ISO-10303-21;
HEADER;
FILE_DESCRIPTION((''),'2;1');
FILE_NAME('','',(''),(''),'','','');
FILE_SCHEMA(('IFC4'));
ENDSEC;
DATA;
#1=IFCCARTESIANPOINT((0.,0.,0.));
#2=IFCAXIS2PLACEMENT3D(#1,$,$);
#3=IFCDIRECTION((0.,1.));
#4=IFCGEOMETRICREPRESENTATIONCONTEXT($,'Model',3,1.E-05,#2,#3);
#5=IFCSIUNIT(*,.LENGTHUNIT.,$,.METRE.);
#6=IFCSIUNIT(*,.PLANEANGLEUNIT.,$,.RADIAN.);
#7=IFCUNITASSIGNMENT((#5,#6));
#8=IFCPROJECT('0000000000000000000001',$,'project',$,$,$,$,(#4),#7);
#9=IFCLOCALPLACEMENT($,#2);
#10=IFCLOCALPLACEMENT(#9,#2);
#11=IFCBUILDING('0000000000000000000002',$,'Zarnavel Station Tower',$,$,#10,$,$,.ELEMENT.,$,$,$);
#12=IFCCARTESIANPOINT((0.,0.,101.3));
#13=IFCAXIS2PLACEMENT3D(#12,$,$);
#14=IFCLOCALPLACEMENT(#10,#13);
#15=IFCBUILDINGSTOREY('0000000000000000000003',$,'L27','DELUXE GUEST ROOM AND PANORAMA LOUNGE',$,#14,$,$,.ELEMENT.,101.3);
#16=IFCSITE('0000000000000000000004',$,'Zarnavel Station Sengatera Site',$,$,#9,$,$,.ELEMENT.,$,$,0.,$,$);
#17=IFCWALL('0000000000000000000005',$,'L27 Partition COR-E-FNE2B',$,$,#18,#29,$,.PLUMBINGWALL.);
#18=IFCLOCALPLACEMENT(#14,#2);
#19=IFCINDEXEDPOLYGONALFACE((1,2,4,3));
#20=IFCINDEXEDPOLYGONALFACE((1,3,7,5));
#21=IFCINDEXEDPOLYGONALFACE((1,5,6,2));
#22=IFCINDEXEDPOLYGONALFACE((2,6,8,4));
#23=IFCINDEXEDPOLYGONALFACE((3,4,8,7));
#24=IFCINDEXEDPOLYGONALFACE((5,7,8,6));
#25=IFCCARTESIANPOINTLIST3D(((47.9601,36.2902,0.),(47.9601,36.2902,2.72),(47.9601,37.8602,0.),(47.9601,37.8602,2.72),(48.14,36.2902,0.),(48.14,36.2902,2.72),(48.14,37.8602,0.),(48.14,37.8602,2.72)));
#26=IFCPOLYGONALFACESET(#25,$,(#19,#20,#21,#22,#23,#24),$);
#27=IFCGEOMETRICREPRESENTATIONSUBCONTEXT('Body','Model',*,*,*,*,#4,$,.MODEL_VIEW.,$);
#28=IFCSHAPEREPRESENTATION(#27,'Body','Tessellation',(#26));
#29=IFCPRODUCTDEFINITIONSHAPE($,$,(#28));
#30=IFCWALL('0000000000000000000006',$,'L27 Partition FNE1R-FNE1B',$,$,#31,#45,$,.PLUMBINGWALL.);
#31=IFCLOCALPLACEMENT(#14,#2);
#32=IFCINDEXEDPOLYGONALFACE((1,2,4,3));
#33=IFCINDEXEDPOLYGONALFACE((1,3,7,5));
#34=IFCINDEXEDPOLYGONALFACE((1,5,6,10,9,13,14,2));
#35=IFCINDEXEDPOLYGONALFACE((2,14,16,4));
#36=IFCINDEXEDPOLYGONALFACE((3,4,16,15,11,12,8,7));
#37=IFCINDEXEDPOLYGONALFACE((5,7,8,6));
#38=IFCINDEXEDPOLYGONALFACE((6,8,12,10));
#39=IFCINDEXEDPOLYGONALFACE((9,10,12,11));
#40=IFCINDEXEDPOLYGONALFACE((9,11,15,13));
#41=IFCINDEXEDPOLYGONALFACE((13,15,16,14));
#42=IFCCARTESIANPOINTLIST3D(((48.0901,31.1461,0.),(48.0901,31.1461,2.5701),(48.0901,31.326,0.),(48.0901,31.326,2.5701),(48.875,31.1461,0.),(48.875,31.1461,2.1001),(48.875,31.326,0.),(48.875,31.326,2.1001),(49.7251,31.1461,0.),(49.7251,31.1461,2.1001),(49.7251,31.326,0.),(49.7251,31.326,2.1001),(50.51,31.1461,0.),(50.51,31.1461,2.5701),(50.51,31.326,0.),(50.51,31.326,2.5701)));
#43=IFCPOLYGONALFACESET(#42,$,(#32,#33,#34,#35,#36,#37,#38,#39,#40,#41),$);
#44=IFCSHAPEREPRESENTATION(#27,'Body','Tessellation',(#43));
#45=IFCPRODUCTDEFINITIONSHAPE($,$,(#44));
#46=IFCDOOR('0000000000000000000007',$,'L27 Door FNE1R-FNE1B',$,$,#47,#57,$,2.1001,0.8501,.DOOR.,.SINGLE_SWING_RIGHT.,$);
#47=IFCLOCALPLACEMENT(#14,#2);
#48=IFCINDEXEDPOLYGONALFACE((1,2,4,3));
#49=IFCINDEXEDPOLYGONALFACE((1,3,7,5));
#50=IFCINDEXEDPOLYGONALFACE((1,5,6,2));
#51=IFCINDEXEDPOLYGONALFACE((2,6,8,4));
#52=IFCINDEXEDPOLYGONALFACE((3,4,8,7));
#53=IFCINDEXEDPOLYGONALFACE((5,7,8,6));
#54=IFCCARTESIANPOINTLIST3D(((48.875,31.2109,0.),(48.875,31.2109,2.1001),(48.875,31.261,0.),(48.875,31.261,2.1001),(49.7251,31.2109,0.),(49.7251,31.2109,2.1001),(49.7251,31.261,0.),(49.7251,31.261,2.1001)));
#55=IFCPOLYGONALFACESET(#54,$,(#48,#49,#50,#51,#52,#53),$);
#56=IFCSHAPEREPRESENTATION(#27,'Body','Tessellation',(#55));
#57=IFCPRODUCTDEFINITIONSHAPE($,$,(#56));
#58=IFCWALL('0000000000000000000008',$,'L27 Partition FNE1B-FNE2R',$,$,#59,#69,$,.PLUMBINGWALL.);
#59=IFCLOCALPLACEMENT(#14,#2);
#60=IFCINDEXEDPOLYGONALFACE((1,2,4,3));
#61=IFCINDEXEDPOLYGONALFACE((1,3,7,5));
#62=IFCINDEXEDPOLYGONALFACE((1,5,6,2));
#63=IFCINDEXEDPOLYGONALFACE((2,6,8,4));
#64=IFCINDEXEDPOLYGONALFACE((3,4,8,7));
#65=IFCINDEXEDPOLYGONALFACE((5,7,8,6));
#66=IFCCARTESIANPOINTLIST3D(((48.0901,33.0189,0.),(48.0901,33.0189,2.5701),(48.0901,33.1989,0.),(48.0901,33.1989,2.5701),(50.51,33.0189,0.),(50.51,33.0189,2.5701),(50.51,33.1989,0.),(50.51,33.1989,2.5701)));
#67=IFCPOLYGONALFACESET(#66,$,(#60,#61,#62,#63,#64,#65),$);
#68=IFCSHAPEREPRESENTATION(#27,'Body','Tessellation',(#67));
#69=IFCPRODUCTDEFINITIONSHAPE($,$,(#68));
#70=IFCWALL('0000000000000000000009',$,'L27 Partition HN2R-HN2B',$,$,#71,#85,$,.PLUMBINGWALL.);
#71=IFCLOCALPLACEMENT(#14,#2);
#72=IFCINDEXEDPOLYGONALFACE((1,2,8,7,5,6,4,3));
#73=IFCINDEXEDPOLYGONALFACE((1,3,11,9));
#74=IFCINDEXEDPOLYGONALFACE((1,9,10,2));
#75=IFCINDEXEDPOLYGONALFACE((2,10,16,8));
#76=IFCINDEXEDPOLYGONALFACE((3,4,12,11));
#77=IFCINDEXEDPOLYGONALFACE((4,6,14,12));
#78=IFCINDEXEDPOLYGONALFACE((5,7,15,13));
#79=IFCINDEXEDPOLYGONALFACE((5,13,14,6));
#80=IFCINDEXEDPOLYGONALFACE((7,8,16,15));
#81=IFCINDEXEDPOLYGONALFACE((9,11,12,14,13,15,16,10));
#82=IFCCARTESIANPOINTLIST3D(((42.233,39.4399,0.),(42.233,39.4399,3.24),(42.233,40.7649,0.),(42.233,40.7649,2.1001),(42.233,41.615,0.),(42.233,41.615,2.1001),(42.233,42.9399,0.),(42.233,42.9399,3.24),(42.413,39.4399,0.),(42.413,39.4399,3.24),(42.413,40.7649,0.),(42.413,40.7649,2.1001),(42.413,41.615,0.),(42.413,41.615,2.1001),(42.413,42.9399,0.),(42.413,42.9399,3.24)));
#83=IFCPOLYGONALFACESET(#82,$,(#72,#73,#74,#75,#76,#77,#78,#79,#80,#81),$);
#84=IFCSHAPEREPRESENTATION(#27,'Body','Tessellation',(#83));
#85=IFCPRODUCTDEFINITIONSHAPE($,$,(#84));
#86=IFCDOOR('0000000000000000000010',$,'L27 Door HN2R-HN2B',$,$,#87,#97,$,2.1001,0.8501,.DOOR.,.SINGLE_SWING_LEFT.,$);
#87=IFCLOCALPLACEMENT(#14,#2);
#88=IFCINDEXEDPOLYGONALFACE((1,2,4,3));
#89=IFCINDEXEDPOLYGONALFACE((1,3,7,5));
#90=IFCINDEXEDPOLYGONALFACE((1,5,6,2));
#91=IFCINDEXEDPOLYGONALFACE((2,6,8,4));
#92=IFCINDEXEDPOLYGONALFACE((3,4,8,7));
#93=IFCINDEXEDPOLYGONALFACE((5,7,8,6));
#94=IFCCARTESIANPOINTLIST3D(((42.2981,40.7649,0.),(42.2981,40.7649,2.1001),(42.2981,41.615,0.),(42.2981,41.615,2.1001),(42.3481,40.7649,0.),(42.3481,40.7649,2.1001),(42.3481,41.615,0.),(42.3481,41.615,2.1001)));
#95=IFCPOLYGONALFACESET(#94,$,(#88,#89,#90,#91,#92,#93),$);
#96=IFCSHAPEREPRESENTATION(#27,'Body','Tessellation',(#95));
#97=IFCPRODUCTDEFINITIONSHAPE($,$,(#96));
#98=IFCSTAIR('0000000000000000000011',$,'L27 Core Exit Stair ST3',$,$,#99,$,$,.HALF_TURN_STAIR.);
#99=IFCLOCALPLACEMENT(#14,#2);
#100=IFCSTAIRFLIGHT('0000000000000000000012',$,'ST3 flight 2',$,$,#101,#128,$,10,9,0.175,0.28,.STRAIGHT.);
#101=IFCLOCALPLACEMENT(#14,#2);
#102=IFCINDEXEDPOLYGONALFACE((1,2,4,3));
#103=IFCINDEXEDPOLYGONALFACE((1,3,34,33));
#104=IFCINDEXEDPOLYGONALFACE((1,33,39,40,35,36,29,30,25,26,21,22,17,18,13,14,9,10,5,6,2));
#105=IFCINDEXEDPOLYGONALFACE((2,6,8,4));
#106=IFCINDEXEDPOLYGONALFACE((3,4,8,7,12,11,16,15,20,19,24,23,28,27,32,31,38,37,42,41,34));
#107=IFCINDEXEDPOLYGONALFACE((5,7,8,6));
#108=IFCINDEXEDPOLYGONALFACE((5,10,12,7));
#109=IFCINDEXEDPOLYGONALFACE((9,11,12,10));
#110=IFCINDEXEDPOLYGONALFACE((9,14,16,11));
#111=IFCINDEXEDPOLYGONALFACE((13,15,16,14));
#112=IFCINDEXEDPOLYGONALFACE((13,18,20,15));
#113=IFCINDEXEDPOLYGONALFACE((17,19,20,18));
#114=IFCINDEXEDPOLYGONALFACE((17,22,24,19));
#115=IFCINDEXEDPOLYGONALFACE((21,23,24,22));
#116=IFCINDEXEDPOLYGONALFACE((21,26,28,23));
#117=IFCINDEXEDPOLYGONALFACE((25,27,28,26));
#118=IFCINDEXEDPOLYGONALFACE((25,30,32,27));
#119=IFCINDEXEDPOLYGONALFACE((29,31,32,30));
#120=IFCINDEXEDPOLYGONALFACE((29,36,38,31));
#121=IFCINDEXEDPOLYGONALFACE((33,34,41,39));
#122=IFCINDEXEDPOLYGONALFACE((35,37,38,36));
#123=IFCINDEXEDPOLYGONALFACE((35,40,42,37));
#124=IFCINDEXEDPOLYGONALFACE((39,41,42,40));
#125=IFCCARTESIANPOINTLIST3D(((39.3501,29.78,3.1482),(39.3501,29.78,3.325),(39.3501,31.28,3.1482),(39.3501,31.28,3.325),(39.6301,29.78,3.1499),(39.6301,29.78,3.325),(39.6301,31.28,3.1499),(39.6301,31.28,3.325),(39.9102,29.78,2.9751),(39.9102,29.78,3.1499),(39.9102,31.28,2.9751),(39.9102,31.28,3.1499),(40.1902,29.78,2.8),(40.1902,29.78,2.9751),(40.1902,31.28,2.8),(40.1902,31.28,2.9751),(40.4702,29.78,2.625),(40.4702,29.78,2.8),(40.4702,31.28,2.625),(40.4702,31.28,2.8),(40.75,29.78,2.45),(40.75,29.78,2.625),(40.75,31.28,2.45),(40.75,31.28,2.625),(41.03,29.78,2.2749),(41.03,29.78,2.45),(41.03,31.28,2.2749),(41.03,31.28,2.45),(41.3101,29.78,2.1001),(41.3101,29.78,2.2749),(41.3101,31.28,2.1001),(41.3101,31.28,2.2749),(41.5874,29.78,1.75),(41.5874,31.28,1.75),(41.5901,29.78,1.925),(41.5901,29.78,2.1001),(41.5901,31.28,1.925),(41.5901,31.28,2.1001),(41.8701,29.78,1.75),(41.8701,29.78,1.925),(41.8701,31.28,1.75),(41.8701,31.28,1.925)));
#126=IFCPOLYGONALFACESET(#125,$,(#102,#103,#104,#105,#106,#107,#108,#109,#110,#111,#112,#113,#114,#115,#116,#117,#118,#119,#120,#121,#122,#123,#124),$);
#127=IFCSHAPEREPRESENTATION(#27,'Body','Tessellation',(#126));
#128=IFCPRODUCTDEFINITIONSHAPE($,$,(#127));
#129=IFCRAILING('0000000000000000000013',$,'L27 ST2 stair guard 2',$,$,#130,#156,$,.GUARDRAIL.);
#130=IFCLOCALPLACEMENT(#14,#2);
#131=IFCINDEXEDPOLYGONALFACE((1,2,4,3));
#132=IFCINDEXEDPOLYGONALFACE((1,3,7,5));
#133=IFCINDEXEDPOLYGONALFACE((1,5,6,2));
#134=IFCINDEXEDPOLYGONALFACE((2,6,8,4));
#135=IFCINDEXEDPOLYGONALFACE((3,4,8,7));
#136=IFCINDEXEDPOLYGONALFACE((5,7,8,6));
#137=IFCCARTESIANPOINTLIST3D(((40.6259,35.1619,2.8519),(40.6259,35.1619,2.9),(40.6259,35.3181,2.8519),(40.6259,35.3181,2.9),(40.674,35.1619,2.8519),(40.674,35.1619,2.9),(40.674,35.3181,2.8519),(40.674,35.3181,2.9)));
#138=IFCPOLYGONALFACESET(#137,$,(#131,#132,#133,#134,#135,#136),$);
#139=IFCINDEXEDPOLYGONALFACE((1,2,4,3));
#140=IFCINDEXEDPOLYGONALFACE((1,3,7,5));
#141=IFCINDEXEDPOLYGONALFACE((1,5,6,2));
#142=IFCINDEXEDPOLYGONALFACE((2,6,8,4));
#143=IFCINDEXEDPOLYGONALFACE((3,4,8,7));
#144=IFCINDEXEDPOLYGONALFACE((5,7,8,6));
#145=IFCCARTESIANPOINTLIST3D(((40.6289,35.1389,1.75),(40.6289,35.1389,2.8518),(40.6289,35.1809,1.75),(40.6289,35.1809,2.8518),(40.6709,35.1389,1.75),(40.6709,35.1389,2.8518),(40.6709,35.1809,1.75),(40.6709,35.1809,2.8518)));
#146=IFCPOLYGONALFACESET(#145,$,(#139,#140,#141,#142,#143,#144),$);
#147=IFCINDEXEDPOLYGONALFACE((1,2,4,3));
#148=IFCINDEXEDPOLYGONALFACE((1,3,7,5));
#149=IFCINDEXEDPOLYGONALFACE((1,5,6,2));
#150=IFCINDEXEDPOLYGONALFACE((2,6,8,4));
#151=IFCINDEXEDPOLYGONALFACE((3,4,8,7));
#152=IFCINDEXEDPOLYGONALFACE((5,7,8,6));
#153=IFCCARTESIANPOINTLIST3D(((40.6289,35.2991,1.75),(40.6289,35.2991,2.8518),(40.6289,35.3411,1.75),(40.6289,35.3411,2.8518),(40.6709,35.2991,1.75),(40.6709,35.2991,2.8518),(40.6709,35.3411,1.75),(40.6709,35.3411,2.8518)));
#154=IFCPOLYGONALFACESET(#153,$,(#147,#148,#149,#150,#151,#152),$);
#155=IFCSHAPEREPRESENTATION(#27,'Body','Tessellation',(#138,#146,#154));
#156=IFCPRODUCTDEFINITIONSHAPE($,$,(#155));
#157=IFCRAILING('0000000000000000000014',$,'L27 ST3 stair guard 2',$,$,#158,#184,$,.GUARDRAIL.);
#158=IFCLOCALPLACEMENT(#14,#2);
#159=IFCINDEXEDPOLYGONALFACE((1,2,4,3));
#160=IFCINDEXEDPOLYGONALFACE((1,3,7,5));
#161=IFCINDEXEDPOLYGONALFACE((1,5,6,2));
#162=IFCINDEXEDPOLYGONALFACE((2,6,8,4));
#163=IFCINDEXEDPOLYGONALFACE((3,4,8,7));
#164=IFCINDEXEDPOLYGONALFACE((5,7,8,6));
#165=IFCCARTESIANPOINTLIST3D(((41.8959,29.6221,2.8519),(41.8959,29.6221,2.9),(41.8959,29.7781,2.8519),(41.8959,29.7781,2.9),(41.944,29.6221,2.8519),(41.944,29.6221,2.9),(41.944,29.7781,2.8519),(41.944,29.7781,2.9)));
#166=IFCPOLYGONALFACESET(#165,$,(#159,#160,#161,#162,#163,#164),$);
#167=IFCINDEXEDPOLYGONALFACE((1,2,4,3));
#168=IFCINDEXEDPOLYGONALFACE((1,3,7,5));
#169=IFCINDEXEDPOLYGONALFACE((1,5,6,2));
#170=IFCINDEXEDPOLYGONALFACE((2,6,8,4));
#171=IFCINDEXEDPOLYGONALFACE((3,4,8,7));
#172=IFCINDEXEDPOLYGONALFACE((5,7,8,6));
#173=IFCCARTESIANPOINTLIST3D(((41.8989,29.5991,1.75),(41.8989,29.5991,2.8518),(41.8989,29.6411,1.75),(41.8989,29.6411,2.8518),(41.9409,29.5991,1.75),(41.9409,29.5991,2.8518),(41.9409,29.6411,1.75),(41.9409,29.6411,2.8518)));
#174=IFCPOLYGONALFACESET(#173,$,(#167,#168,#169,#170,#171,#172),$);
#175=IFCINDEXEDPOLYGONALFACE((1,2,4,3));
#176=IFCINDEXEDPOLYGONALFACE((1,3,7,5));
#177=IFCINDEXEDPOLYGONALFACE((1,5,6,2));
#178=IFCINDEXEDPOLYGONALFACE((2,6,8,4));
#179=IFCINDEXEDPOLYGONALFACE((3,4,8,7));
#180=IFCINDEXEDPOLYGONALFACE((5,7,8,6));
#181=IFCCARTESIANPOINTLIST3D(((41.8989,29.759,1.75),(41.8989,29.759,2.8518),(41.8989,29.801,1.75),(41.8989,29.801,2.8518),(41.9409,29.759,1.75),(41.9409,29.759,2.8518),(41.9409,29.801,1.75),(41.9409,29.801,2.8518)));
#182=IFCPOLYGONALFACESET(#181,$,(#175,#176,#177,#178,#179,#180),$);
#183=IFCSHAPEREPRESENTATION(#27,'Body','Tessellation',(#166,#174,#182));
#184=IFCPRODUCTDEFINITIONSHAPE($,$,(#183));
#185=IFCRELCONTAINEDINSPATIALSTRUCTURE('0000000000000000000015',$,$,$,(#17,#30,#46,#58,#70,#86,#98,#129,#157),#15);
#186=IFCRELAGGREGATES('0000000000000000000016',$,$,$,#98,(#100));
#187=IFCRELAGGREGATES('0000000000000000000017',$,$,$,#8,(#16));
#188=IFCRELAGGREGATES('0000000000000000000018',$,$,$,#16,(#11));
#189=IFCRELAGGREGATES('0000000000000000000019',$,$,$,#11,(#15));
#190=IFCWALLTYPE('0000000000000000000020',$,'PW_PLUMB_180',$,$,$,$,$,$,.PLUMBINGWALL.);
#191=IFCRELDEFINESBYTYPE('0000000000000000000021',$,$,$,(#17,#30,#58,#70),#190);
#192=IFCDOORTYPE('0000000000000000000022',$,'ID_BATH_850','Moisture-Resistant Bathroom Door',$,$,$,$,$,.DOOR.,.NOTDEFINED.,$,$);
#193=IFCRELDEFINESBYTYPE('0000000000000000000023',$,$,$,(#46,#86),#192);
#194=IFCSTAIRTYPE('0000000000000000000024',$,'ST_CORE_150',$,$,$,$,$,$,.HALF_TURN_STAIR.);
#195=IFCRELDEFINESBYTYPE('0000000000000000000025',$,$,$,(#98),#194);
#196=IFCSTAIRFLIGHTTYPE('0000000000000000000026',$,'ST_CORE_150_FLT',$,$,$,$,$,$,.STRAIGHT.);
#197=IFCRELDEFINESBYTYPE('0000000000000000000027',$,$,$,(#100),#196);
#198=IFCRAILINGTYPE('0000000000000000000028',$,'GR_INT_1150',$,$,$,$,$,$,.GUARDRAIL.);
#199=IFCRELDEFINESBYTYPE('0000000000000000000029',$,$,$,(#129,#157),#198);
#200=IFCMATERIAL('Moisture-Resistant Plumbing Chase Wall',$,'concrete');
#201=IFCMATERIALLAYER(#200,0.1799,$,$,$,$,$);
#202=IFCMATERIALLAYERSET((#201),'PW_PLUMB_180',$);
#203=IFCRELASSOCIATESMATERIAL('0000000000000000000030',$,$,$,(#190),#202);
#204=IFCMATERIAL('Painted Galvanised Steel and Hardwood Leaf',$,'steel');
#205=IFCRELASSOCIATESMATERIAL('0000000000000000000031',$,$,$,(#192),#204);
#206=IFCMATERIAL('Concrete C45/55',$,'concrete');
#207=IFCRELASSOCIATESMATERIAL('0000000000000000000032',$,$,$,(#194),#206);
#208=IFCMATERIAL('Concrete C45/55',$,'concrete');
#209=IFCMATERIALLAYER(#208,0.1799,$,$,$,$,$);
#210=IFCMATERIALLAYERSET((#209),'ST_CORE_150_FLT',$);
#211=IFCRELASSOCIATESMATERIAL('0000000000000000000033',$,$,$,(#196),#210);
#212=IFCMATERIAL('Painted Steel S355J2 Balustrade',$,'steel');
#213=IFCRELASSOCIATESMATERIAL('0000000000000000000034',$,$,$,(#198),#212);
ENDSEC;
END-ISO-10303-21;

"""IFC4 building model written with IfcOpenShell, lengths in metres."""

from ifc_helpers import new_model, si_unit, direction, frame, frame_2d, origin, origin_2d, place, context, subcontext, project, spatial, polyline, rectangle, outline, extrude, material, layer, layer_set, type_object, element, fill, aggregate, save


model = new_model("IFC4")

# Units and contexts
model_context = context("Model", 3, precision=1e-05, world=origin(), true_north=direction((0.0, 1.0)))
body_context = subcontext(model_context, "Body", "Model", "MODEL_VIEW")
ifc_project = project(units=[si_unit("LENGTHUNIT", "METRE"), si_unit("PLANEANGLEUNIT", "RADIAN")], contexts=[model_context])

# Site, building, storey
site_placement = place(None, origin())
site = spatial("IfcSite", under=ifc_project, at=site_placement, Name="Zarnavel Station Sengatera Site", CompositionType="ELEMENT", RefElevation=0.0)
building_placement = place(site_placement, origin())
building = spatial("IfcBuilding", under=site, at=building_placement, Name="Zarnavel Station Tower", CompositionType="ELEMENT")
storey_placement = place(building_placement, frame((0.0, 0.0, 101.3)))
storey = spatial("IfcBuildingStorey", under=building, at=storey_placement, Name="L27", Description="DELUXE GUEST ROOM AND PANORAMA LOUNGE", CompositionType="ELEMENT", Elevation=101.3)

# Wall
ifc_material_1 = material(Name="Moisture-Resistant Plumbing Chase Wall", Category="concrete")
ifc_layer_1 = layer(ifc_material_1, 0.1799)
ifc_layer_set_1 = layer_set([ifc_layer_1], Name="PW_PLUMB_180")
wall_type_1 = type_object("IfcWallType", Name="PW_PLUMB_180", PredefinedType="PLUMBINGWALL", material=ifc_layer_set_1)
wall_1_placement = place(storey_placement, frame((48.05, 36.29, 0.0), z_axis=(0.0, 0.0, 1.0), x_axis=(0.0, 1.0, 0.0)))
element("IfcWall", 1, at=wall_1_placement, inside=storey, type_object=wall_type_1, Name="L27 Partition COR-E-FNE2B", PredefinedType="PLUMBINGWALL", context=body_context, shape_type="SweptSolid", body=[
    extrude(rectangle(XDim=1.5701, YDim=0.1799, at=frame_2d((0.7852, 0.0))), origin(), (0.0, 0.0, 1.0), 2.72),
])

# Wall, opening, door
wall_2_placement = place(storey_placement, frame((48.0901, 31.2361, 0.0), z_axis=(0.0, 0.0, 1.0), x_axis=(1.0, 0.0, 0.0)))
wall_2 = element("IfcWall", 2, at=wall_2_placement, inside=storey, type_object=wall_type_1, Name="L27 Partition FNE1R-FNE1B", PredefinedType="PLUMBINGWALL", context=body_context, shape_type="SweptSolid", body=[
    extrude(rectangle(XDim=2.4199, YDim=0.1799, at=frame_2d((1.21, 0.0))), origin(), (0.0, 0.0, 1.0), 2.5701),
])
opening_1_placement = place(wall_2_placement, frame((0.7849, 0.0, 0.0)))
opening_1 = element("IfcOpeningElement", 3, at=opening_1_placement, cuts=wall_2, PredefinedType="OPENING", context=body_context, shape_type="SweptSolid", body=[
    extrude(rectangle(XDim=0.8501, YDim=2.1001, at=frame_2d((0.425, 1.05))), frame((0.0, 0.0999, 0.0), z_axis=(0.0, -1.0, 0.0), x_axis=(1.0, 0.0, 0.0)), (0.0, 0.0, 1.0), 0.2),
])
ifc_material_2 = material(Name="Painted Galvanised Steel and Hardwood Leaf", Category="steel")
door_type_1 = type_object("IfcDoorType", Name="ID_BATH_850", Description="Moisture-Resistant Bathroom Door", OperationType="NOTDEFINED", PredefinedType="DOOR", material=ifc_material_2)
door_1_placement = place(opening_1_placement, origin())
door_1 = element("IfcDoor", 4, at=door_1_placement, inside=storey, type_object=door_type_1, Name="L27 Door FNE1R-FNE1B", OperationType="SINGLE_SWING_RIGHT", OverallHeight=2.1001, OverallWidth=0.8501, PredefinedType="DOOR", context=body_context, shape_type="SweptSolid", body=[
    extrude(rectangle(XDim=0.8501, YDim=2.1001, at=frame_2d((0.425, 1.05))), frame((0.0, 0.0249, 0.0), z_axis=(0.0, -1.0, 0.0), x_axis=(1.0, 0.0, 0.0)), (0.0, 0.0, 1.0), 0.05),
])
fill(opening_1, door_1)

# Wall
wall_3_placement = place(storey_placement, frame((48.0901, 33.1089, 0.0), z_axis=(0.0, 0.0, 1.0), x_axis=(1.0, 0.0, 0.0)))
element("IfcWall", 5, at=wall_3_placement, inside=storey, type_object=wall_type_1, Name="L27 Partition FNE1B-FNE2R", PredefinedType="PLUMBINGWALL", context=body_context, shape_type="SweptSolid", body=[
    extrude(rectangle(XDim=2.4199, YDim=0.1799, at=frame_2d((1.21, 0.0))), origin(), (0.0, 0.0, 1.0), 2.5701),
])

# Wall, opening, door
wall_4_placement = place(storey_placement, frame((42.323, 39.4399, 0.0), z_axis=(0.0, 0.0, 1.0), x_axis=(0.0, 1.0, 0.0)))
wall_4 = element("IfcWall", 6, at=wall_4_placement, inside=storey, type_object=wall_type_1, Name="L27 Partition HN2R-HN2B", PredefinedType="PLUMBINGWALL", context=body_context, shape_type="SweptSolid", body=[
    extrude(rectangle(XDim=3.5, YDim=0.1799, at=frame_2d((1.75, 0.0))), origin(), (0.0, 0.0, 1.0), 3.24),
])
opening_2_placement = place(wall_4_placement, frame((1.325, 0.0, 0.0)))
opening_2 = element("IfcOpeningElement", 7, at=opening_2_placement, cuts=wall_4, PredefinedType="OPENING", context=body_context, shape_type="SweptSolid", body=[
    extrude(rectangle(XDim=0.8501, YDim=2.1001, at=frame_2d((0.425, 1.05))), frame((0.0, 0.0999, 0.0), z_axis=(0.0, -1.0, 0.0), x_axis=(1.0, 0.0, 0.0)), (0.0, 0.0, 1.0), 0.2),
])
door_2_placement = place(opening_2_placement, origin())
door_2 = element("IfcDoor", 8, at=door_2_placement, inside=storey, type_object=door_type_1, Name="L27 Door HN2R-HN2B", OperationType="SINGLE_SWING_LEFT", OverallHeight=2.1001, OverallWidth=0.8501, PredefinedType="DOOR", context=body_context, shape_type="SweptSolid", body=[
    extrude(rectangle(XDim=0.8501, YDim=2.1001, at=frame_2d((0.425, 1.05))), frame((0.0, 0.0249, 0.0), z_axis=(0.0, -1.0, 0.0), x_axis=(1.0, 0.0, 0.0)), (0.0, 0.0, 1.0), 0.05),
])
fill(opening_2, door_2)

# Stair, stair flight
ifc_material_3 = material(Name="Concrete C45/55", Category="concrete")
stair_type = type_object("IfcStairType", Name="ST_CORE_150", PredefinedType="HALF_TURN_STAIR", material=ifc_material_3)
stair_placement = place(storey_placement, origin())
stair = element("IfcStair", 9, at=stair_placement, inside=storey, type_object=stair_type, Name="L27 Core Exit Stair ST3", PredefinedType="HALF_TURN_STAIR")
ifc_material_4 = material(Name="Concrete C45/55", Category="concrete")
ifc_layer_2 = layer(ifc_material_4, 0.1799)
ifc_layer_set_2 = layer_set([ifc_layer_2], Name="ST_CORE_150_FLT")
stair_flight_type = type_object("IfcStairFlightType", Name="ST_CORE_150_FLT", PredefinedType="STRAIGHT", material=ifc_layer_set_2)
stair_flight_placement = place(storey_placement, frame((41.8701, 30.53, 1.75), z_axis=(0.0, 0.0, 1.0), x_axis=(-1.0, 0.0, 0.0)))
stair_flight = element("IfcStairFlight", 10, at=stair_flight_placement, type_object=stair_flight_type, Name="ST3 flight 2", NumberOfRisers=10, NumberOfTreads=9, PredefinedType="STRAIGHT", RiserHeight=0.175, TreadLength=0.28, context=body_context, shape_type="SweptSolid", body=[
    extrude(outline(polyline([(0.0, 0.0), (0.0, 0.175), (0.28, 0.175), (0.28, 0.3501), (0.5601, 0.3501), (0.5601, 0.5249), (0.8401, 0.5249), (0.8401, 0.7), (1.1201, 0.7), (1.1201, 0.875), (1.3999, 0.875), (1.3999, 1.05), (1.6799, 1.05), (1.6799, 1.2251), (1.96, 1.2251), (1.96, 1.3999), (2.24, 1.3999), (2.24, 1.575), (2.52, 1.575), (2.52, 1.75), (2.52, 1.3982), (0.2827, 0.0), (0.0, 0.0)])), frame((0.0, 0.75, 0.0), z_axis=(0.0, -1.0, 0.0), x_axis=(1.0, 0.0, 0.0)), (0.0, 0.0, 1.0), 1.5),
])
aggregate(stair, [stair_flight])

# Railings
ifc_material_5 = material(Name="Painted Steel S355J2 Balustrade", Category="steel")
railing_type_1 = type_object("IfcRailingType", Name="GR_INT_1150", PredefinedType="GUARDRAIL", material=ifc_material_5)
railing_1_placement = place(storey_placement, frame((40.6499, 35.1599, 1.75)))
element("IfcRailing", 11, at=railing_1_placement, inside=storey, type_object=railing_type_1, Name="L27 ST2 stair guard 2", PredefinedType="GUARDRAIL", context=body_context, shape_type="SweptSolid", body=[
    extrude(rectangle(XDim=0.0481, YDim=0.0481, at=origin_2d()), frame((0.0, 0.002, 1.126), z_axis=(0.0, 1.0, 0.0), x_axis=(-1.0, 0.0, 0.0)), (0.0, 0.0, 1.0), 0.1562),
    extrude(rectangle(XDim=0.042, YDim=0.042, at=origin_2d()), origin(), (0.0, 0.0, 1.0), 1.1018),
    extrude(rectangle(XDim=0.042, YDim=0.042, at=origin_2d()), frame((0.0, 0.1602, 0.0)), (0.0, 0.0, 1.0), 1.1018),
])
railing_2_placement = place(storey_placement, frame((41.9199, 29.6201, 1.75)))
element("IfcRailing", 12, at=railing_2_placement, inside=storey, type_object=railing_type_1, Name="L27 ST3 stair guard 2", PredefinedType="GUARDRAIL", context=body_context, shape_type="SweptSolid", body=[
    extrude(rectangle(XDim=0.0481, YDim=0.0481, at=origin_2d()), frame((0.0, 0.002, 1.126), z_axis=(0.0, 1.0, 0.0), x_axis=(-1.0, 0.0, 0.0)), (0.0, 0.0, 1.0), 0.156),
    extrude(rectangle(XDim=0.042, YDim=0.042, at=origin_2d()), origin(), (0.0, 0.0, 1.0), 1.1018),
    extrude(rectangle(XDim=0.042, YDim=0.042, at=origin_2d()), frame((0.0, 0.1599, 0.0)), (0.0, 0.0, 1.0), 1.1018),
])

save(model, "model.ifc")
